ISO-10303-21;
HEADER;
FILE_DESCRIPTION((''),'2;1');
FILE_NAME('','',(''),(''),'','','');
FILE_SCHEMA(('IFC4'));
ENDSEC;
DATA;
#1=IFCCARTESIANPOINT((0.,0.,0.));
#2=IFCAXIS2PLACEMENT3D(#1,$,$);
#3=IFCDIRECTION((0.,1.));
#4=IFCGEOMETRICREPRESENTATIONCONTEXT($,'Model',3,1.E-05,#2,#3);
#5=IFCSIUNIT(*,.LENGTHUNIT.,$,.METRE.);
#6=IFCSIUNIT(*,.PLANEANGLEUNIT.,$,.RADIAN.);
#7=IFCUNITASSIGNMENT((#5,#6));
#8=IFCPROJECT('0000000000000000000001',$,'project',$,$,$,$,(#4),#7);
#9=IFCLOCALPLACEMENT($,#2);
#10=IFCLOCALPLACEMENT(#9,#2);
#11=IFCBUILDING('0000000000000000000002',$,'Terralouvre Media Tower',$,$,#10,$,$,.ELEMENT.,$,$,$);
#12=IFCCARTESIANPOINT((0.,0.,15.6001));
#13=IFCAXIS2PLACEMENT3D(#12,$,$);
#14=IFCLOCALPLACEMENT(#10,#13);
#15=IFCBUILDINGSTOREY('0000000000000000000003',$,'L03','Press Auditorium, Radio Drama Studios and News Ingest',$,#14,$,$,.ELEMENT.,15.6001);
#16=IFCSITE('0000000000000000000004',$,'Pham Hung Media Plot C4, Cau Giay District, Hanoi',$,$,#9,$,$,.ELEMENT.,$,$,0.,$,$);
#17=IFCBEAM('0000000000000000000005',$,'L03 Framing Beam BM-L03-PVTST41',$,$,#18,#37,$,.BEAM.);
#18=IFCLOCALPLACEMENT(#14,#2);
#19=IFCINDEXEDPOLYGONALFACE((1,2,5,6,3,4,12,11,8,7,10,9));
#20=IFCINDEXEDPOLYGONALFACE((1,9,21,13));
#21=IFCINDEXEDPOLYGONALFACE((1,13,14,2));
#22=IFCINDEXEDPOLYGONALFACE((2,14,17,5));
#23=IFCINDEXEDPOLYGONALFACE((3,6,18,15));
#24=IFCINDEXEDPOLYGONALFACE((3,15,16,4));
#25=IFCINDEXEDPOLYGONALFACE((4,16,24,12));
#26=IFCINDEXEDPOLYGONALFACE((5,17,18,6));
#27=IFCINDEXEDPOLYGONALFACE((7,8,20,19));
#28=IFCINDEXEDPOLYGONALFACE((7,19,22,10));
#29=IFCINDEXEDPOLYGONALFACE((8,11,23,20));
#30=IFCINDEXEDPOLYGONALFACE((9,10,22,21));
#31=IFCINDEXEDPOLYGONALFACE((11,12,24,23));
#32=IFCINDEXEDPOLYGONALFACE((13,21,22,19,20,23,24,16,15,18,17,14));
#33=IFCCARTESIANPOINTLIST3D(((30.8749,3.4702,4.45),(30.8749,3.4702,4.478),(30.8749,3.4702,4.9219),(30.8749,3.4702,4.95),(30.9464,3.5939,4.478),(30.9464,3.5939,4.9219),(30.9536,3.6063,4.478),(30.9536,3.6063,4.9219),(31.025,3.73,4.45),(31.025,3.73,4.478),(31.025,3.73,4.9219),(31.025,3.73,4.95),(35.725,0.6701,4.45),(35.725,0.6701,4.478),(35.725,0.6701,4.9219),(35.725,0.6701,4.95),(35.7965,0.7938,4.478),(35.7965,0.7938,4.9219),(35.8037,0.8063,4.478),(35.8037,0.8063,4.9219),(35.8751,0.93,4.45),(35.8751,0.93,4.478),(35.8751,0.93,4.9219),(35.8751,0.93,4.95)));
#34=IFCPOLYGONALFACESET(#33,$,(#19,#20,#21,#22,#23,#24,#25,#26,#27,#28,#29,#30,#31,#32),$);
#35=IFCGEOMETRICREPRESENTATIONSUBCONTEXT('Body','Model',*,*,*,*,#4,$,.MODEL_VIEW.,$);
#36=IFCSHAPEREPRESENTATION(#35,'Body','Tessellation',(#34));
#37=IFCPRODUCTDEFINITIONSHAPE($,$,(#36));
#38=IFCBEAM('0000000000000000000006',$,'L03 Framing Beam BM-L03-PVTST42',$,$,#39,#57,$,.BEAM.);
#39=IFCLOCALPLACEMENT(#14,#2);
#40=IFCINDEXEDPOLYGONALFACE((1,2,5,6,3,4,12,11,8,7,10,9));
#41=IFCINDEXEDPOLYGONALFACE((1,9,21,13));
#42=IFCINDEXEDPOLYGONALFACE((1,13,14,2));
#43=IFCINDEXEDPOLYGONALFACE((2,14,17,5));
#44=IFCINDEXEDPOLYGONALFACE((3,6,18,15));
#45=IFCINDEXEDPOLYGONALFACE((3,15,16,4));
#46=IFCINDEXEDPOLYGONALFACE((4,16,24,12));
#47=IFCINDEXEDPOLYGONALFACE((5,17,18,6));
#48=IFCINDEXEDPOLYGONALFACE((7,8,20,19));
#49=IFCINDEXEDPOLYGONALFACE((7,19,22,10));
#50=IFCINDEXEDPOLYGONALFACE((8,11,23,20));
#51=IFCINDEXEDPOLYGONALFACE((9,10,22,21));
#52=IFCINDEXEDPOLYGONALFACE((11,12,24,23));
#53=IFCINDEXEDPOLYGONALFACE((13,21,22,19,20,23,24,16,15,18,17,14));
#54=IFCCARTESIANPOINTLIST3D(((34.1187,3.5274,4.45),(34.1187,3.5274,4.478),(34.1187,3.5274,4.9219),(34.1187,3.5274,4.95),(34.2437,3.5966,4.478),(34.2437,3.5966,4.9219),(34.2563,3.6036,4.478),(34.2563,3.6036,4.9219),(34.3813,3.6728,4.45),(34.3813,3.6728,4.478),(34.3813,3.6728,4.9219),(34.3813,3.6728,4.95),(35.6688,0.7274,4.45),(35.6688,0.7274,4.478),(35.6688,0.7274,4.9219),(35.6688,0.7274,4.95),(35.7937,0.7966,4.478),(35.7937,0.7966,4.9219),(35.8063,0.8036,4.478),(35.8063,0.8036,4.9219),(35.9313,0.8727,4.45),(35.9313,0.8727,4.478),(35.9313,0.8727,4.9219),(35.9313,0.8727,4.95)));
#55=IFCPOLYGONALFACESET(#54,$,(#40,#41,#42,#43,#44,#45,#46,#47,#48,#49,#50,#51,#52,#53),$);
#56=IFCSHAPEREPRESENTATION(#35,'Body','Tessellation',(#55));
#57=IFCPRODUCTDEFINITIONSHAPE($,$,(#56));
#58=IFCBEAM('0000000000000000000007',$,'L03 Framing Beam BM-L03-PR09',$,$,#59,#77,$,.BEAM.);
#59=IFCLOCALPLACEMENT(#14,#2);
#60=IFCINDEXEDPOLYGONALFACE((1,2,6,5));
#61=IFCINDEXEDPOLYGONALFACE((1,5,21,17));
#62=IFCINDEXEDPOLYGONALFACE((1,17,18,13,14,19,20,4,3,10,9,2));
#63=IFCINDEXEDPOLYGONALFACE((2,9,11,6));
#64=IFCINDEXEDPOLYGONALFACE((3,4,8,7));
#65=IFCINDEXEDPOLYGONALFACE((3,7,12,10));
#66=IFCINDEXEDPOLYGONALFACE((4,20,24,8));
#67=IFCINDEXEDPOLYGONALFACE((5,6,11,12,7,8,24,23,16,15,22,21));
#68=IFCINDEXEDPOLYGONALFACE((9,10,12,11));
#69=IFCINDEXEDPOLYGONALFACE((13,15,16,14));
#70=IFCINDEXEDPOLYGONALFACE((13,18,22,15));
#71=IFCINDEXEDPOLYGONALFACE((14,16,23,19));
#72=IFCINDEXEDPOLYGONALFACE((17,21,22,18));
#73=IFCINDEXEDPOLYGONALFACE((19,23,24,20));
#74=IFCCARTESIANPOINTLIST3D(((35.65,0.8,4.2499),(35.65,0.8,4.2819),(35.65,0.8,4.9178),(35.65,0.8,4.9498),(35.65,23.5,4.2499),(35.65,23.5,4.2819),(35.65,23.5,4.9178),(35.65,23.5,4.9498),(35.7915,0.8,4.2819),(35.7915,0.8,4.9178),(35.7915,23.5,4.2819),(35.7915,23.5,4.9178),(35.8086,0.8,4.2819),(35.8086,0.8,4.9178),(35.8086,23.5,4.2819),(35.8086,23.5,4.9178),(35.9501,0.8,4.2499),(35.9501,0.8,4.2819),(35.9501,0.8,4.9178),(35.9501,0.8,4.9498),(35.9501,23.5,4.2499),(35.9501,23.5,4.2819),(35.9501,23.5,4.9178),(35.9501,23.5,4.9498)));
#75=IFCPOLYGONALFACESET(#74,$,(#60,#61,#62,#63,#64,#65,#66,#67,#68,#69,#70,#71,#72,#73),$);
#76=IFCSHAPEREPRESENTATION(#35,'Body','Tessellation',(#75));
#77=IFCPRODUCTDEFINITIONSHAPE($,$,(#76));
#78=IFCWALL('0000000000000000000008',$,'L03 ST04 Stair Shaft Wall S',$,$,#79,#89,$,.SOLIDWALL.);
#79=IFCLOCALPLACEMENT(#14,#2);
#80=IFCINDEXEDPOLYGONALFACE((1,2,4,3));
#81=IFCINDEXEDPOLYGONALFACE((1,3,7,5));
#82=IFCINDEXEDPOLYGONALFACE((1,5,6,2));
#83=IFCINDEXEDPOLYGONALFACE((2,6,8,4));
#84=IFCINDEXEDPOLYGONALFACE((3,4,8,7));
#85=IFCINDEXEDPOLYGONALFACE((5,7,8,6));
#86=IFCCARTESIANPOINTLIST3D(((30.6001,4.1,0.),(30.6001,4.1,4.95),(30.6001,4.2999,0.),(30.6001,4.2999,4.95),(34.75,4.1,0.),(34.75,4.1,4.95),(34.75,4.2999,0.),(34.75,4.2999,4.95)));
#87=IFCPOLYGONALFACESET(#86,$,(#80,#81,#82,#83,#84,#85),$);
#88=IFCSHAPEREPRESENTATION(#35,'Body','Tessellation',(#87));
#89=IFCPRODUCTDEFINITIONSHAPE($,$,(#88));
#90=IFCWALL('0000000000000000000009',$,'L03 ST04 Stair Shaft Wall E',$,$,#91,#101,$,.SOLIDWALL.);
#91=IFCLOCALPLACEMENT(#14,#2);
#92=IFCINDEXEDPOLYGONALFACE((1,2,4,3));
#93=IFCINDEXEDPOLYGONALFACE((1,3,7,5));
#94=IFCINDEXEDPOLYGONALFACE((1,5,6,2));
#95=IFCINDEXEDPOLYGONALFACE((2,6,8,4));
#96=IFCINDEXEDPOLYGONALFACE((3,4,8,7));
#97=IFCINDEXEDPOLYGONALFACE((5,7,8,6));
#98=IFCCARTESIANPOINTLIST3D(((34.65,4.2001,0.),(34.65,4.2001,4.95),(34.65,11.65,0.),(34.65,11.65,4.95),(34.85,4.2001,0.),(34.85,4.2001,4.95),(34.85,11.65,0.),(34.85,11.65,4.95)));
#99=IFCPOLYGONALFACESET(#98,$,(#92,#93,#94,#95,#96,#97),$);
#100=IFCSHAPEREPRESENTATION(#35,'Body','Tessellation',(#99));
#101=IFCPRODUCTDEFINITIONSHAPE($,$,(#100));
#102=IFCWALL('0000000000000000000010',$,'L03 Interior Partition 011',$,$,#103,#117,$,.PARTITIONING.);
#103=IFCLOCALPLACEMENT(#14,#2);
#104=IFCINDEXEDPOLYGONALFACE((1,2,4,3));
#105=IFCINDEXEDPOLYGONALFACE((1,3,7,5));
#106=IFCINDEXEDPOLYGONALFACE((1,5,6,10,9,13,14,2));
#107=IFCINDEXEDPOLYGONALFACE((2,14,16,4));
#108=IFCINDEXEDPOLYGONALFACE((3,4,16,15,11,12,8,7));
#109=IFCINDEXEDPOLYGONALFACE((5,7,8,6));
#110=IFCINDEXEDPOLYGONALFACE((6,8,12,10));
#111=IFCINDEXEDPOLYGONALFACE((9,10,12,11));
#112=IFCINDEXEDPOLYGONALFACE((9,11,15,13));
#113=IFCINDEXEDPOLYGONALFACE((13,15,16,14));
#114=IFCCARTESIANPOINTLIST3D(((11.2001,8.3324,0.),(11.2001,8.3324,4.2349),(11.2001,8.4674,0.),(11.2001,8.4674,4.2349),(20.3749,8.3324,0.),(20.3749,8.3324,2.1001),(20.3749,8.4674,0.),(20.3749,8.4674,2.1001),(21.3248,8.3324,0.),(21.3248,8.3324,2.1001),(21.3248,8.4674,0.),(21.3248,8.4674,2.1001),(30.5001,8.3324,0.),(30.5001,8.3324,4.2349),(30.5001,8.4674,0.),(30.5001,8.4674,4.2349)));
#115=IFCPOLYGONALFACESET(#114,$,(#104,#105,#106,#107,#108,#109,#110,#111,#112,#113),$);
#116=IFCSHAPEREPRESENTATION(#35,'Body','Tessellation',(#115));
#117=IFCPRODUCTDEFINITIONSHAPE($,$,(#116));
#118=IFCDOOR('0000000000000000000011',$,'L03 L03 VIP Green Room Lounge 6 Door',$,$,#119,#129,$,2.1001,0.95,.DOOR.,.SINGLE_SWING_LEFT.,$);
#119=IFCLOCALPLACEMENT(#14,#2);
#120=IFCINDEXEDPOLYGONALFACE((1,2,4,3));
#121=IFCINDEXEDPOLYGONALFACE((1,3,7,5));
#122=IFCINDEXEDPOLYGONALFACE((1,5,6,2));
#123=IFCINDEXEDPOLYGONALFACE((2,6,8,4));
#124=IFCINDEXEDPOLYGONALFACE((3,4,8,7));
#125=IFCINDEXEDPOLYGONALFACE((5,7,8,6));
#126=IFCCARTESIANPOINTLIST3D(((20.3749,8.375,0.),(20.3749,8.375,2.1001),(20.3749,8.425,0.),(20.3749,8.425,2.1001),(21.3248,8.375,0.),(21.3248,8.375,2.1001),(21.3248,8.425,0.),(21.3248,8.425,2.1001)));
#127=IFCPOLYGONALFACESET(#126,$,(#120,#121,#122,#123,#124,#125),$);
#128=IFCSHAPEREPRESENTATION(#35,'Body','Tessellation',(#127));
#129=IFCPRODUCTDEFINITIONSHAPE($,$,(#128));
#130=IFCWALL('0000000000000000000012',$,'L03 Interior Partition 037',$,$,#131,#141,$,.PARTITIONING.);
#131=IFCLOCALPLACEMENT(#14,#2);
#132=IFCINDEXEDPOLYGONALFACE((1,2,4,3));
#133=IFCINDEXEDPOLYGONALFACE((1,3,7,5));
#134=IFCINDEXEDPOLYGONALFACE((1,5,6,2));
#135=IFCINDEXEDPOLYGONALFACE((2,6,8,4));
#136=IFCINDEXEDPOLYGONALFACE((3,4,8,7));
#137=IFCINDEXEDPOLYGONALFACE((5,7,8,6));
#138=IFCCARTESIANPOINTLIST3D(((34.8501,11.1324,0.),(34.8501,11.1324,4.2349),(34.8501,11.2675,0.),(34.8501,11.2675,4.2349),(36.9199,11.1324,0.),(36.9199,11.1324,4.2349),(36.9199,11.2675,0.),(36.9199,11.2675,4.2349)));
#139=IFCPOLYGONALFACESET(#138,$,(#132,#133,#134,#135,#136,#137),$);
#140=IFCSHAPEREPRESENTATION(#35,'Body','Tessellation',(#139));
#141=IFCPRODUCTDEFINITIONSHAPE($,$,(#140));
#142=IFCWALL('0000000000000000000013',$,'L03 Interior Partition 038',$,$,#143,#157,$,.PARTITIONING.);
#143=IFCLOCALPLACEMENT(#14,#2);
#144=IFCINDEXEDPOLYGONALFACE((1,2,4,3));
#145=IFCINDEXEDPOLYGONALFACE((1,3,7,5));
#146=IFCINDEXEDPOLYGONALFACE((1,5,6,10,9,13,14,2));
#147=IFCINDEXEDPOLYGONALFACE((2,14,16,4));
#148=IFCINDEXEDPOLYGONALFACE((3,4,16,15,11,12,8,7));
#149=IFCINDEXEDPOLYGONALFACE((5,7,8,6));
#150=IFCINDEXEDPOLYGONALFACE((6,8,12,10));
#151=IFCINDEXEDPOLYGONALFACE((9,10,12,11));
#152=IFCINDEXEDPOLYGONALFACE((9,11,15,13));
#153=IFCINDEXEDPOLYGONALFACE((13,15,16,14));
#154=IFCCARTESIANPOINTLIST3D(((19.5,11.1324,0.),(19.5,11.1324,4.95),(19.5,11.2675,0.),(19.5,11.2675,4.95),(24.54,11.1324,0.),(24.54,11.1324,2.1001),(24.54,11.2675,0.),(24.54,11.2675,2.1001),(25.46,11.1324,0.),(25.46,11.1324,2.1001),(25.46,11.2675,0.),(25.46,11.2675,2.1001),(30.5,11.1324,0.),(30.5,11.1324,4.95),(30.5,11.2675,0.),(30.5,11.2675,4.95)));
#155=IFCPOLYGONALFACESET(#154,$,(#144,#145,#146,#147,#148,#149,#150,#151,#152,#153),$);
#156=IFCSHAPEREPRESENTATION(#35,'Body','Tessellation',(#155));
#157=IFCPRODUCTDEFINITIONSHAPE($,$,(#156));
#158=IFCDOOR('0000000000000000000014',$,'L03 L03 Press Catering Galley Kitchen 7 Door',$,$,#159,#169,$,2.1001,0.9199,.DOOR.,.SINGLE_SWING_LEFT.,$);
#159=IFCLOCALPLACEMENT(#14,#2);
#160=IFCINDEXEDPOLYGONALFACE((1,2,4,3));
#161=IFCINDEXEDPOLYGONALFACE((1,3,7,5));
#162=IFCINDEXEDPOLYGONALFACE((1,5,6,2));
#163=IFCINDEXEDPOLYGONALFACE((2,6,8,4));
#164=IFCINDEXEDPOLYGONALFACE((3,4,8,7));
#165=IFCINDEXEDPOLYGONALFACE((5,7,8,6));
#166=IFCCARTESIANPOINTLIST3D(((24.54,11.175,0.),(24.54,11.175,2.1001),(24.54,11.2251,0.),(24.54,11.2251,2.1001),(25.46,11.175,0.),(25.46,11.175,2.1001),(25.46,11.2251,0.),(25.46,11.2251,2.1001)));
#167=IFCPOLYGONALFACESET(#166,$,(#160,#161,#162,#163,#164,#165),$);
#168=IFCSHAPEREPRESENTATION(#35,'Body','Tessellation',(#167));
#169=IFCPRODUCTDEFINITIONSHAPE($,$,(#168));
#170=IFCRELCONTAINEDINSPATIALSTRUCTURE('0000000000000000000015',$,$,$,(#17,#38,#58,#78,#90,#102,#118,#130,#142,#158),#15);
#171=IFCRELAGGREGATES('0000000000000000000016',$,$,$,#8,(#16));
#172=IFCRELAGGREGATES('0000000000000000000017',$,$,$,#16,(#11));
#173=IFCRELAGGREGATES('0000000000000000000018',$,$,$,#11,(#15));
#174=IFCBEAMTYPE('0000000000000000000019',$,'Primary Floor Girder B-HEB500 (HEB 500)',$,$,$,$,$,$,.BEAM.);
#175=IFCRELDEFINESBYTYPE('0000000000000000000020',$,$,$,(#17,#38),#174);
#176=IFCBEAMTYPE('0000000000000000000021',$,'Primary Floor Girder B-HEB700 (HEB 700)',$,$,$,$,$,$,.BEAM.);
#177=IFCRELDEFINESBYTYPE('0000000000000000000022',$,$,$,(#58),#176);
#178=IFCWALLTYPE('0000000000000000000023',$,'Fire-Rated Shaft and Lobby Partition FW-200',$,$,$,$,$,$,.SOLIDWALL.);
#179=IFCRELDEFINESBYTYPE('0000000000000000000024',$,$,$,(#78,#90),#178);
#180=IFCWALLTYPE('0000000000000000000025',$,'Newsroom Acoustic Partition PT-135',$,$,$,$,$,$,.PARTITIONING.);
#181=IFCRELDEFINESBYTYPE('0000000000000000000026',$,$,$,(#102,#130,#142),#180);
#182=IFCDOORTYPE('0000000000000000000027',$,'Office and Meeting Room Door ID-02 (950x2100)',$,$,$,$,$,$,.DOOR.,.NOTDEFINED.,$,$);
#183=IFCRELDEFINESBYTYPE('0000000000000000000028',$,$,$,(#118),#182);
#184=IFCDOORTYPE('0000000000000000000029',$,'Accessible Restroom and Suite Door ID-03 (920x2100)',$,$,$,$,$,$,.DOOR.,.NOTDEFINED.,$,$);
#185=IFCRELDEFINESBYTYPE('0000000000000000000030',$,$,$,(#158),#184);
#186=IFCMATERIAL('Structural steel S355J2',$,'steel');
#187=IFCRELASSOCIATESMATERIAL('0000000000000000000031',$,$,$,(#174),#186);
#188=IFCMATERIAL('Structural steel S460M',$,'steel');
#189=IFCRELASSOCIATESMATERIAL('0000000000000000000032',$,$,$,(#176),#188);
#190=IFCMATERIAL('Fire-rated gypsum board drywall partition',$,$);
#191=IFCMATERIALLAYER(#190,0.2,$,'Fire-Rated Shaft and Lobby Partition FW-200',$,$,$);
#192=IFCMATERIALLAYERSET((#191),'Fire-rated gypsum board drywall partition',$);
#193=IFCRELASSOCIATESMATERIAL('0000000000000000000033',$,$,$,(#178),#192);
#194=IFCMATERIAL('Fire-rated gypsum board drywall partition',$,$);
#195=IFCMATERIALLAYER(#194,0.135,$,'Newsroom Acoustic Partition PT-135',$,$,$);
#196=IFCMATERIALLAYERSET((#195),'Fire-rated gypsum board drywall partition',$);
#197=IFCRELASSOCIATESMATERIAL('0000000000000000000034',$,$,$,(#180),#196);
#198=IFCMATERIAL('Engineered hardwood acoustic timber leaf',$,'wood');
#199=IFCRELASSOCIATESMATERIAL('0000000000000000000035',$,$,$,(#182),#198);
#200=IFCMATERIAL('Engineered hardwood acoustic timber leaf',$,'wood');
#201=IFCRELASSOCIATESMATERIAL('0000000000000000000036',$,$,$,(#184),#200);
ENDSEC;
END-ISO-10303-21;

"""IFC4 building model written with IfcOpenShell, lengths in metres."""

from ifc_helpers import new_model, si_unit, direction, frame, frame_2d, origin, origin_2d, place, context, subcontext, project, spatial, rectangle, i_section, extrude, material, layer, layer_set, material_profile, profile_set, type_object, element, fill, save


model = new_model("IFC4")

# Units and contexts
model_context = context("Model", 3, precision=1e-05, world=origin(), true_north=direction((0.0, 1.0)))
body_context = subcontext(model_context, "Body", "Model", "MODEL_VIEW")
ifc_project = project(units=[si_unit("LENGTHUNIT", "METRE"), si_unit("PLANEANGLEUNIT", "RADIAN")], contexts=[model_context])

# Site, building, storey
site_placement = place(None, origin())
site = spatial("IfcSite", under=ifc_project, at=site_placement, Name="Pham Hung Media Plot C4, Cau Giay District, Hanoi", CompositionType="ELEMENT", RefElevation=0.0)
building_placement = place(site_placement, origin())
building = spatial("IfcBuilding", under=site, at=building_placement, Name="Terralouvre Media Tower", CompositionType="ELEMENT")
storey_placement = place(building_placement, frame((0.0, 0.0, 15.6001)))
storey = spatial("IfcBuildingStorey", under=building, at=storey_placement, Name="L03", Description="Press Auditorium, Radio Drama Studios and News Ingest", CompositionType="ELEMENT", Elevation=15.6001)

# Beams
ifc_material_1 = material(Name="Structural steel S355J2", Category="steel")
ifc_material_profile_1 = material_profile(ifc_material_1, i_section(OverallWidth=0.3, OverallDepth=0.5, WebThickness=0.0144, FlangeThickness=0.0281, at=origin_2d()), Name="HEB 500")
ifc_profile_set_1 = profile_set([ifc_material_profile_1], Name="Structural steel S355J2")
beam_type_1 = type_object("IfcBeamType", Name="Primary Floor Girder B-HEB500 (HEB 500)", PredefinedType="BEAM", material=ifc_profile_set_1)
beam_1_placement = place(storey_placement, frame((30.95, 3.6001, 4.7), z_axis=(0.866037, -0.499979, 0.0), x_axis=(0.499979, 0.866037, 0.0)))
element("IfcBeam", 1, at=beam_1_placement, inside=storey, type_object=beam_type_1, Name="L03 Framing Beam BM-L03-PVTST41", PredefinedType="BEAM", context=body_context, shape_type="SweptSolid", body=[
    extrude(i_section(OverallWidth=0.3, OverallDepth=0.5, WebThickness=0.0144, FlangeThickness=0.0281, at=origin_2d()), origin(), (0.0, 0.0, 1.0), 5.6003),
])
beam_2_placement = place(storey_placement, frame((34.25, 3.6001, 4.7), z_axis=(0.484321, -0.87489, 0.0), x_axis=(0.87489, 0.484321, 0.0)))
element("IfcBeam", 2, at=beam_2_placement, inside=storey, type_object=beam_type_1, Name="L03 Framing Beam BM-L03-PVTST42", PredefinedType="BEAM", context=body_context, shape_type="SweptSolid", body=[
    extrude(i_section(OverallWidth=0.3, OverallDepth=0.5, WebThickness=0.0144, FlangeThickness=0.0281, at=origin_2d()), origin(), (0.0, 0.0, 1.0), 3.2004),
])
ifc_material_2 = material(Name="Structural steel S460M", Category="steel")
ifc_material_profile_2 = material_profile(ifc_material_2, i_section(OverallWidth=0.3, OverallDepth=0.7, WebThickness=0.0171, FlangeThickness=0.032, at=origin_2d()), Name="HEB 700")
ifc_profile_set_2 = profile_set([ifc_material_profile_2], Name="Structural steel S460M")
beam_type_2 = type_object("IfcBeamType", Name="Primary Floor Girder B-HEB700 (HEB 700)", PredefinedType="BEAM", material=ifc_profile_set_2)
beam_3_placement = place(storey_placement, frame((35.8, 0.8, 4.5999), z_axis=(0.0, 1.0, 0.0), x_axis=(-1.0, 0.0, 0.0)))
element("IfcBeam", 3, at=beam_3_placement, inside=storey, type_object=beam_type_2, Name="L03 Framing Beam BM-L03-PR09", PredefinedType="BEAM", context=body_context, shape_type="SweptSolid", body=[
    extrude(i_section(OverallWidth=0.3, OverallDepth=0.7, WebThickness=0.0171, FlangeThickness=0.032, at=origin_2d()), origin(), (0.0, 0.0, 1.0), 22.7),
])

# Walls
ifc_material_3 = material(Name="Fire-rated gypsum board drywall partition")
ifc_layer_1 = layer(ifc_material_3, 0.2, Name="Fire-Rated Shaft and Lobby Partition FW-200")
ifc_layer_set_1 = layer_set([ifc_layer_1], Name="Fire-rated gypsum board drywall partition")
wall_type_1 = type_object("IfcWallType", Name="Fire-Rated Shaft and Lobby Partition FW-200", PredefinedType="SOLIDWALL", material=ifc_layer_set_1)
wall_1_placement = place(storey_placement, frame((30.6001, 4.2, 0.0), z_axis=(0.0, 0.0, 1.0), x_axis=(1.0, 0.0, 0.0)))
element("IfcWall", 4, at=wall_1_placement, inside=storey, type_object=wall_type_1, Name="L03 ST04 Stair Shaft Wall S", PredefinedType="SOLIDWALL", context=body_context, shape_type="SweptSolid", body=[
    extrude(rectangle(XDim=4.1499, YDim=0.2, at=frame_2d((2.075, 0.0))), origin(), (0.0, 0.0, 1.0), 4.95),
])
wall_2_placement = place(storey_placement, frame((34.75, 4.2, 0.0), z_axis=(0.0, 0.0, 1.0), x_axis=(0.0, 1.0, 0.0)))
element("IfcWall", 5, at=wall_2_placement, inside=storey, type_object=wall_type_1, Name="L03 ST04 Stair Shaft Wall E", PredefinedType="SOLIDWALL", context=body_context, shape_type="SweptSolid", body=[
    extrude(rectangle(XDim=7.45, YDim=0.2, at=frame_2d((3.7251, 0.0))), origin(), (0.0, 0.0, 1.0), 4.95),
])

# Wall, opening, door
ifc_material_4 = material(Name="Fire-rated gypsum board drywall partition")
ifc_layer_2 = layer(ifc_material_4, 0.135, Name="Newsroom Acoustic Partition PT-135")
ifc_layer_set_2 = layer_set([ifc_layer_2], Name="Fire-rated gypsum board drywall partition")
wall_type_2 = type_object("IfcWallType", Name="Newsroom Acoustic Partition PT-135", PredefinedType="PARTITIONING", material=ifc_layer_set_2)
wall_3_placement = place(storey_placement, frame((30.5, 8.3999, 0.0), z_axis=(0.0, 0.0, 1.0), x_axis=(-1.0, 0.0, 0.0)))
wall_3 = element("IfcWall", 6, at=wall_3_placement, inside=storey, type_object=wall_type_2, Name="L03 Interior Partition 011", PredefinedType="PARTITIONING", context=body_context, shape_type="SweptSolid", body=[
    extrude(rectangle(XDim=19.3, YDim=0.135, at=frame_2d((9.6499, 0.0))), origin(), (0.0, 0.0, 1.0), 4.2349),
])
opening_1_placement = place(wall_3_placement, frame((9.175, 0.0, 0.0)))
opening_1 = element("IfcOpeningElement", 7, at=opening_1_placement, cuts=wall_3, PredefinedType="OPENING", context=body_context, shape_type="SweptSolid", body=[
    extrude(rectangle(XDim=0.95, YDim=2.1001, at=frame_2d((0.4751, 1.05))), frame((0.0, 0.0774, 0.0), z_axis=(0.0, -1.0, 0.0), x_axis=(1.0, 0.0, 0.0)), (0.0, 0.0, 1.0), 0.155),
])
ifc_material_5 = material(Name="Engineered hardwood acoustic timber leaf", Category="wood")
door_type_1 = type_object("IfcDoorType", Name="Office and Meeting Room Door ID-02 (950x2100)", OperationType="NOTDEFINED", PredefinedType="DOOR", material=ifc_material_5)
door_1_placement = place(opening_1_placement, origin())
door_1 = element("IfcDoor", 8, at=door_1_placement, inside=storey, type_object=door_type_1, Name="L03 L03 VIP Green Room Lounge 6 Door", OperationType="SINGLE_SWING_LEFT", OverallHeight=2.1001, OverallWidth=0.95, PredefinedType="DOOR", context=body_context, shape_type="SweptSolid", body=[
    extrude(rectangle(XDim=0.95, YDim=2.1001, at=frame_2d((0.4751, 1.05))), frame((0.0, 0.0249, 0.0), z_axis=(0.0, -1.0, 0.0), x_axis=(1.0, 0.0, 0.0)), (0.0, 0.0, 1.0), 0.05),
])
fill(opening_1, door_1)

# Wall
wall_4_placement = place(storey_placement, frame((36.9199, 11.2, 0.0), z_axis=(0.0, 0.0, 1.0), x_axis=(-1.0, 0.0, 0.0)))
element("IfcWall", 9, at=wall_4_placement, inside=storey, type_object=wall_type_2, Name="L03 Interior Partition 037", PredefinedType="PARTITIONING", context=body_context, shape_type="SweptSolid", body=[
    extrude(rectangle(XDim=2.0698, YDim=0.135, at=frame_2d((1.0349, 0.0))), origin(), (0.0, 0.0, 1.0), 4.2349),
])

# Wall, opening, door
wall_5_placement = place(storey_placement, frame((30.5, 11.2, 0.0), z_axis=(0.0, 0.0, 1.0), x_axis=(-1.0, 0.0, 0.0)))
wall_5 = element("IfcWall", 10, at=wall_5_placement, inside=storey, type_object=wall_type_2, Name="L03 Interior Partition 038", PredefinedType="PARTITIONING", context=body_context, shape_type="SweptSolid", body=[
    extrude(rectangle(XDim=11.0, YDim=0.135, at=frame_2d((5.5, 0.0))), origin(), (0.0, 0.0, 1.0), 4.95),
])
opening_2_placement = place(wall_5_placement, frame((5.04, 0.0, 0.0)))
opening_2 = element("IfcOpeningElement", 11, at=opening_2_placement, cuts=wall_5, PredefinedType="OPENING", context=body_context, shape_type="SweptSolid", body=[
    extrude(rectangle(XDim=0.9199, YDim=2.1001, at=frame_2d((0.46, 1.05))), frame((0.0, 0.0774, 0.0), z_axis=(0.0, -1.0, 0.0), x_axis=(1.0, 0.0, 0.0)), (0.0, 0.0, 1.0), 0.155),
])
ifc_material_6 = material(Name="Engineered hardwood acoustic timber leaf", Category="wood")
door_type_2 = type_object("IfcDoorType", Name="Accessible Restroom and Suite Door ID-03 (920x2100)", OperationType="NOTDEFINED", PredefinedType="DOOR", material=ifc_material_6)
door_2_placement = place(opening_2_placement, origin())
door_2 = element("IfcDoor", 12, at=door_2_placement, inside=storey, type_object=door_type_2, Name="L03 L03 Press Catering Galley Kitchen 7 Door", OperationType="SINGLE_SWING_LEFT", OverallHeight=2.1001, OverallWidth=0.9199, PredefinedType="DOOR", context=body_context, shape_type="SweptSolid", body=[
    extrude(rectangle(XDim=0.9199, YDim=2.1001, at=frame_2d((0.46, 1.05))), frame((0.0, 0.0249, 0.0), z_axis=(0.0, -1.0, 0.0), x_axis=(1.0, 0.0, 0.0)), (0.0, 0.0, 1.0), 0.05),
])
fill(opening_2, door_2)

save(model, "model.ifc")
